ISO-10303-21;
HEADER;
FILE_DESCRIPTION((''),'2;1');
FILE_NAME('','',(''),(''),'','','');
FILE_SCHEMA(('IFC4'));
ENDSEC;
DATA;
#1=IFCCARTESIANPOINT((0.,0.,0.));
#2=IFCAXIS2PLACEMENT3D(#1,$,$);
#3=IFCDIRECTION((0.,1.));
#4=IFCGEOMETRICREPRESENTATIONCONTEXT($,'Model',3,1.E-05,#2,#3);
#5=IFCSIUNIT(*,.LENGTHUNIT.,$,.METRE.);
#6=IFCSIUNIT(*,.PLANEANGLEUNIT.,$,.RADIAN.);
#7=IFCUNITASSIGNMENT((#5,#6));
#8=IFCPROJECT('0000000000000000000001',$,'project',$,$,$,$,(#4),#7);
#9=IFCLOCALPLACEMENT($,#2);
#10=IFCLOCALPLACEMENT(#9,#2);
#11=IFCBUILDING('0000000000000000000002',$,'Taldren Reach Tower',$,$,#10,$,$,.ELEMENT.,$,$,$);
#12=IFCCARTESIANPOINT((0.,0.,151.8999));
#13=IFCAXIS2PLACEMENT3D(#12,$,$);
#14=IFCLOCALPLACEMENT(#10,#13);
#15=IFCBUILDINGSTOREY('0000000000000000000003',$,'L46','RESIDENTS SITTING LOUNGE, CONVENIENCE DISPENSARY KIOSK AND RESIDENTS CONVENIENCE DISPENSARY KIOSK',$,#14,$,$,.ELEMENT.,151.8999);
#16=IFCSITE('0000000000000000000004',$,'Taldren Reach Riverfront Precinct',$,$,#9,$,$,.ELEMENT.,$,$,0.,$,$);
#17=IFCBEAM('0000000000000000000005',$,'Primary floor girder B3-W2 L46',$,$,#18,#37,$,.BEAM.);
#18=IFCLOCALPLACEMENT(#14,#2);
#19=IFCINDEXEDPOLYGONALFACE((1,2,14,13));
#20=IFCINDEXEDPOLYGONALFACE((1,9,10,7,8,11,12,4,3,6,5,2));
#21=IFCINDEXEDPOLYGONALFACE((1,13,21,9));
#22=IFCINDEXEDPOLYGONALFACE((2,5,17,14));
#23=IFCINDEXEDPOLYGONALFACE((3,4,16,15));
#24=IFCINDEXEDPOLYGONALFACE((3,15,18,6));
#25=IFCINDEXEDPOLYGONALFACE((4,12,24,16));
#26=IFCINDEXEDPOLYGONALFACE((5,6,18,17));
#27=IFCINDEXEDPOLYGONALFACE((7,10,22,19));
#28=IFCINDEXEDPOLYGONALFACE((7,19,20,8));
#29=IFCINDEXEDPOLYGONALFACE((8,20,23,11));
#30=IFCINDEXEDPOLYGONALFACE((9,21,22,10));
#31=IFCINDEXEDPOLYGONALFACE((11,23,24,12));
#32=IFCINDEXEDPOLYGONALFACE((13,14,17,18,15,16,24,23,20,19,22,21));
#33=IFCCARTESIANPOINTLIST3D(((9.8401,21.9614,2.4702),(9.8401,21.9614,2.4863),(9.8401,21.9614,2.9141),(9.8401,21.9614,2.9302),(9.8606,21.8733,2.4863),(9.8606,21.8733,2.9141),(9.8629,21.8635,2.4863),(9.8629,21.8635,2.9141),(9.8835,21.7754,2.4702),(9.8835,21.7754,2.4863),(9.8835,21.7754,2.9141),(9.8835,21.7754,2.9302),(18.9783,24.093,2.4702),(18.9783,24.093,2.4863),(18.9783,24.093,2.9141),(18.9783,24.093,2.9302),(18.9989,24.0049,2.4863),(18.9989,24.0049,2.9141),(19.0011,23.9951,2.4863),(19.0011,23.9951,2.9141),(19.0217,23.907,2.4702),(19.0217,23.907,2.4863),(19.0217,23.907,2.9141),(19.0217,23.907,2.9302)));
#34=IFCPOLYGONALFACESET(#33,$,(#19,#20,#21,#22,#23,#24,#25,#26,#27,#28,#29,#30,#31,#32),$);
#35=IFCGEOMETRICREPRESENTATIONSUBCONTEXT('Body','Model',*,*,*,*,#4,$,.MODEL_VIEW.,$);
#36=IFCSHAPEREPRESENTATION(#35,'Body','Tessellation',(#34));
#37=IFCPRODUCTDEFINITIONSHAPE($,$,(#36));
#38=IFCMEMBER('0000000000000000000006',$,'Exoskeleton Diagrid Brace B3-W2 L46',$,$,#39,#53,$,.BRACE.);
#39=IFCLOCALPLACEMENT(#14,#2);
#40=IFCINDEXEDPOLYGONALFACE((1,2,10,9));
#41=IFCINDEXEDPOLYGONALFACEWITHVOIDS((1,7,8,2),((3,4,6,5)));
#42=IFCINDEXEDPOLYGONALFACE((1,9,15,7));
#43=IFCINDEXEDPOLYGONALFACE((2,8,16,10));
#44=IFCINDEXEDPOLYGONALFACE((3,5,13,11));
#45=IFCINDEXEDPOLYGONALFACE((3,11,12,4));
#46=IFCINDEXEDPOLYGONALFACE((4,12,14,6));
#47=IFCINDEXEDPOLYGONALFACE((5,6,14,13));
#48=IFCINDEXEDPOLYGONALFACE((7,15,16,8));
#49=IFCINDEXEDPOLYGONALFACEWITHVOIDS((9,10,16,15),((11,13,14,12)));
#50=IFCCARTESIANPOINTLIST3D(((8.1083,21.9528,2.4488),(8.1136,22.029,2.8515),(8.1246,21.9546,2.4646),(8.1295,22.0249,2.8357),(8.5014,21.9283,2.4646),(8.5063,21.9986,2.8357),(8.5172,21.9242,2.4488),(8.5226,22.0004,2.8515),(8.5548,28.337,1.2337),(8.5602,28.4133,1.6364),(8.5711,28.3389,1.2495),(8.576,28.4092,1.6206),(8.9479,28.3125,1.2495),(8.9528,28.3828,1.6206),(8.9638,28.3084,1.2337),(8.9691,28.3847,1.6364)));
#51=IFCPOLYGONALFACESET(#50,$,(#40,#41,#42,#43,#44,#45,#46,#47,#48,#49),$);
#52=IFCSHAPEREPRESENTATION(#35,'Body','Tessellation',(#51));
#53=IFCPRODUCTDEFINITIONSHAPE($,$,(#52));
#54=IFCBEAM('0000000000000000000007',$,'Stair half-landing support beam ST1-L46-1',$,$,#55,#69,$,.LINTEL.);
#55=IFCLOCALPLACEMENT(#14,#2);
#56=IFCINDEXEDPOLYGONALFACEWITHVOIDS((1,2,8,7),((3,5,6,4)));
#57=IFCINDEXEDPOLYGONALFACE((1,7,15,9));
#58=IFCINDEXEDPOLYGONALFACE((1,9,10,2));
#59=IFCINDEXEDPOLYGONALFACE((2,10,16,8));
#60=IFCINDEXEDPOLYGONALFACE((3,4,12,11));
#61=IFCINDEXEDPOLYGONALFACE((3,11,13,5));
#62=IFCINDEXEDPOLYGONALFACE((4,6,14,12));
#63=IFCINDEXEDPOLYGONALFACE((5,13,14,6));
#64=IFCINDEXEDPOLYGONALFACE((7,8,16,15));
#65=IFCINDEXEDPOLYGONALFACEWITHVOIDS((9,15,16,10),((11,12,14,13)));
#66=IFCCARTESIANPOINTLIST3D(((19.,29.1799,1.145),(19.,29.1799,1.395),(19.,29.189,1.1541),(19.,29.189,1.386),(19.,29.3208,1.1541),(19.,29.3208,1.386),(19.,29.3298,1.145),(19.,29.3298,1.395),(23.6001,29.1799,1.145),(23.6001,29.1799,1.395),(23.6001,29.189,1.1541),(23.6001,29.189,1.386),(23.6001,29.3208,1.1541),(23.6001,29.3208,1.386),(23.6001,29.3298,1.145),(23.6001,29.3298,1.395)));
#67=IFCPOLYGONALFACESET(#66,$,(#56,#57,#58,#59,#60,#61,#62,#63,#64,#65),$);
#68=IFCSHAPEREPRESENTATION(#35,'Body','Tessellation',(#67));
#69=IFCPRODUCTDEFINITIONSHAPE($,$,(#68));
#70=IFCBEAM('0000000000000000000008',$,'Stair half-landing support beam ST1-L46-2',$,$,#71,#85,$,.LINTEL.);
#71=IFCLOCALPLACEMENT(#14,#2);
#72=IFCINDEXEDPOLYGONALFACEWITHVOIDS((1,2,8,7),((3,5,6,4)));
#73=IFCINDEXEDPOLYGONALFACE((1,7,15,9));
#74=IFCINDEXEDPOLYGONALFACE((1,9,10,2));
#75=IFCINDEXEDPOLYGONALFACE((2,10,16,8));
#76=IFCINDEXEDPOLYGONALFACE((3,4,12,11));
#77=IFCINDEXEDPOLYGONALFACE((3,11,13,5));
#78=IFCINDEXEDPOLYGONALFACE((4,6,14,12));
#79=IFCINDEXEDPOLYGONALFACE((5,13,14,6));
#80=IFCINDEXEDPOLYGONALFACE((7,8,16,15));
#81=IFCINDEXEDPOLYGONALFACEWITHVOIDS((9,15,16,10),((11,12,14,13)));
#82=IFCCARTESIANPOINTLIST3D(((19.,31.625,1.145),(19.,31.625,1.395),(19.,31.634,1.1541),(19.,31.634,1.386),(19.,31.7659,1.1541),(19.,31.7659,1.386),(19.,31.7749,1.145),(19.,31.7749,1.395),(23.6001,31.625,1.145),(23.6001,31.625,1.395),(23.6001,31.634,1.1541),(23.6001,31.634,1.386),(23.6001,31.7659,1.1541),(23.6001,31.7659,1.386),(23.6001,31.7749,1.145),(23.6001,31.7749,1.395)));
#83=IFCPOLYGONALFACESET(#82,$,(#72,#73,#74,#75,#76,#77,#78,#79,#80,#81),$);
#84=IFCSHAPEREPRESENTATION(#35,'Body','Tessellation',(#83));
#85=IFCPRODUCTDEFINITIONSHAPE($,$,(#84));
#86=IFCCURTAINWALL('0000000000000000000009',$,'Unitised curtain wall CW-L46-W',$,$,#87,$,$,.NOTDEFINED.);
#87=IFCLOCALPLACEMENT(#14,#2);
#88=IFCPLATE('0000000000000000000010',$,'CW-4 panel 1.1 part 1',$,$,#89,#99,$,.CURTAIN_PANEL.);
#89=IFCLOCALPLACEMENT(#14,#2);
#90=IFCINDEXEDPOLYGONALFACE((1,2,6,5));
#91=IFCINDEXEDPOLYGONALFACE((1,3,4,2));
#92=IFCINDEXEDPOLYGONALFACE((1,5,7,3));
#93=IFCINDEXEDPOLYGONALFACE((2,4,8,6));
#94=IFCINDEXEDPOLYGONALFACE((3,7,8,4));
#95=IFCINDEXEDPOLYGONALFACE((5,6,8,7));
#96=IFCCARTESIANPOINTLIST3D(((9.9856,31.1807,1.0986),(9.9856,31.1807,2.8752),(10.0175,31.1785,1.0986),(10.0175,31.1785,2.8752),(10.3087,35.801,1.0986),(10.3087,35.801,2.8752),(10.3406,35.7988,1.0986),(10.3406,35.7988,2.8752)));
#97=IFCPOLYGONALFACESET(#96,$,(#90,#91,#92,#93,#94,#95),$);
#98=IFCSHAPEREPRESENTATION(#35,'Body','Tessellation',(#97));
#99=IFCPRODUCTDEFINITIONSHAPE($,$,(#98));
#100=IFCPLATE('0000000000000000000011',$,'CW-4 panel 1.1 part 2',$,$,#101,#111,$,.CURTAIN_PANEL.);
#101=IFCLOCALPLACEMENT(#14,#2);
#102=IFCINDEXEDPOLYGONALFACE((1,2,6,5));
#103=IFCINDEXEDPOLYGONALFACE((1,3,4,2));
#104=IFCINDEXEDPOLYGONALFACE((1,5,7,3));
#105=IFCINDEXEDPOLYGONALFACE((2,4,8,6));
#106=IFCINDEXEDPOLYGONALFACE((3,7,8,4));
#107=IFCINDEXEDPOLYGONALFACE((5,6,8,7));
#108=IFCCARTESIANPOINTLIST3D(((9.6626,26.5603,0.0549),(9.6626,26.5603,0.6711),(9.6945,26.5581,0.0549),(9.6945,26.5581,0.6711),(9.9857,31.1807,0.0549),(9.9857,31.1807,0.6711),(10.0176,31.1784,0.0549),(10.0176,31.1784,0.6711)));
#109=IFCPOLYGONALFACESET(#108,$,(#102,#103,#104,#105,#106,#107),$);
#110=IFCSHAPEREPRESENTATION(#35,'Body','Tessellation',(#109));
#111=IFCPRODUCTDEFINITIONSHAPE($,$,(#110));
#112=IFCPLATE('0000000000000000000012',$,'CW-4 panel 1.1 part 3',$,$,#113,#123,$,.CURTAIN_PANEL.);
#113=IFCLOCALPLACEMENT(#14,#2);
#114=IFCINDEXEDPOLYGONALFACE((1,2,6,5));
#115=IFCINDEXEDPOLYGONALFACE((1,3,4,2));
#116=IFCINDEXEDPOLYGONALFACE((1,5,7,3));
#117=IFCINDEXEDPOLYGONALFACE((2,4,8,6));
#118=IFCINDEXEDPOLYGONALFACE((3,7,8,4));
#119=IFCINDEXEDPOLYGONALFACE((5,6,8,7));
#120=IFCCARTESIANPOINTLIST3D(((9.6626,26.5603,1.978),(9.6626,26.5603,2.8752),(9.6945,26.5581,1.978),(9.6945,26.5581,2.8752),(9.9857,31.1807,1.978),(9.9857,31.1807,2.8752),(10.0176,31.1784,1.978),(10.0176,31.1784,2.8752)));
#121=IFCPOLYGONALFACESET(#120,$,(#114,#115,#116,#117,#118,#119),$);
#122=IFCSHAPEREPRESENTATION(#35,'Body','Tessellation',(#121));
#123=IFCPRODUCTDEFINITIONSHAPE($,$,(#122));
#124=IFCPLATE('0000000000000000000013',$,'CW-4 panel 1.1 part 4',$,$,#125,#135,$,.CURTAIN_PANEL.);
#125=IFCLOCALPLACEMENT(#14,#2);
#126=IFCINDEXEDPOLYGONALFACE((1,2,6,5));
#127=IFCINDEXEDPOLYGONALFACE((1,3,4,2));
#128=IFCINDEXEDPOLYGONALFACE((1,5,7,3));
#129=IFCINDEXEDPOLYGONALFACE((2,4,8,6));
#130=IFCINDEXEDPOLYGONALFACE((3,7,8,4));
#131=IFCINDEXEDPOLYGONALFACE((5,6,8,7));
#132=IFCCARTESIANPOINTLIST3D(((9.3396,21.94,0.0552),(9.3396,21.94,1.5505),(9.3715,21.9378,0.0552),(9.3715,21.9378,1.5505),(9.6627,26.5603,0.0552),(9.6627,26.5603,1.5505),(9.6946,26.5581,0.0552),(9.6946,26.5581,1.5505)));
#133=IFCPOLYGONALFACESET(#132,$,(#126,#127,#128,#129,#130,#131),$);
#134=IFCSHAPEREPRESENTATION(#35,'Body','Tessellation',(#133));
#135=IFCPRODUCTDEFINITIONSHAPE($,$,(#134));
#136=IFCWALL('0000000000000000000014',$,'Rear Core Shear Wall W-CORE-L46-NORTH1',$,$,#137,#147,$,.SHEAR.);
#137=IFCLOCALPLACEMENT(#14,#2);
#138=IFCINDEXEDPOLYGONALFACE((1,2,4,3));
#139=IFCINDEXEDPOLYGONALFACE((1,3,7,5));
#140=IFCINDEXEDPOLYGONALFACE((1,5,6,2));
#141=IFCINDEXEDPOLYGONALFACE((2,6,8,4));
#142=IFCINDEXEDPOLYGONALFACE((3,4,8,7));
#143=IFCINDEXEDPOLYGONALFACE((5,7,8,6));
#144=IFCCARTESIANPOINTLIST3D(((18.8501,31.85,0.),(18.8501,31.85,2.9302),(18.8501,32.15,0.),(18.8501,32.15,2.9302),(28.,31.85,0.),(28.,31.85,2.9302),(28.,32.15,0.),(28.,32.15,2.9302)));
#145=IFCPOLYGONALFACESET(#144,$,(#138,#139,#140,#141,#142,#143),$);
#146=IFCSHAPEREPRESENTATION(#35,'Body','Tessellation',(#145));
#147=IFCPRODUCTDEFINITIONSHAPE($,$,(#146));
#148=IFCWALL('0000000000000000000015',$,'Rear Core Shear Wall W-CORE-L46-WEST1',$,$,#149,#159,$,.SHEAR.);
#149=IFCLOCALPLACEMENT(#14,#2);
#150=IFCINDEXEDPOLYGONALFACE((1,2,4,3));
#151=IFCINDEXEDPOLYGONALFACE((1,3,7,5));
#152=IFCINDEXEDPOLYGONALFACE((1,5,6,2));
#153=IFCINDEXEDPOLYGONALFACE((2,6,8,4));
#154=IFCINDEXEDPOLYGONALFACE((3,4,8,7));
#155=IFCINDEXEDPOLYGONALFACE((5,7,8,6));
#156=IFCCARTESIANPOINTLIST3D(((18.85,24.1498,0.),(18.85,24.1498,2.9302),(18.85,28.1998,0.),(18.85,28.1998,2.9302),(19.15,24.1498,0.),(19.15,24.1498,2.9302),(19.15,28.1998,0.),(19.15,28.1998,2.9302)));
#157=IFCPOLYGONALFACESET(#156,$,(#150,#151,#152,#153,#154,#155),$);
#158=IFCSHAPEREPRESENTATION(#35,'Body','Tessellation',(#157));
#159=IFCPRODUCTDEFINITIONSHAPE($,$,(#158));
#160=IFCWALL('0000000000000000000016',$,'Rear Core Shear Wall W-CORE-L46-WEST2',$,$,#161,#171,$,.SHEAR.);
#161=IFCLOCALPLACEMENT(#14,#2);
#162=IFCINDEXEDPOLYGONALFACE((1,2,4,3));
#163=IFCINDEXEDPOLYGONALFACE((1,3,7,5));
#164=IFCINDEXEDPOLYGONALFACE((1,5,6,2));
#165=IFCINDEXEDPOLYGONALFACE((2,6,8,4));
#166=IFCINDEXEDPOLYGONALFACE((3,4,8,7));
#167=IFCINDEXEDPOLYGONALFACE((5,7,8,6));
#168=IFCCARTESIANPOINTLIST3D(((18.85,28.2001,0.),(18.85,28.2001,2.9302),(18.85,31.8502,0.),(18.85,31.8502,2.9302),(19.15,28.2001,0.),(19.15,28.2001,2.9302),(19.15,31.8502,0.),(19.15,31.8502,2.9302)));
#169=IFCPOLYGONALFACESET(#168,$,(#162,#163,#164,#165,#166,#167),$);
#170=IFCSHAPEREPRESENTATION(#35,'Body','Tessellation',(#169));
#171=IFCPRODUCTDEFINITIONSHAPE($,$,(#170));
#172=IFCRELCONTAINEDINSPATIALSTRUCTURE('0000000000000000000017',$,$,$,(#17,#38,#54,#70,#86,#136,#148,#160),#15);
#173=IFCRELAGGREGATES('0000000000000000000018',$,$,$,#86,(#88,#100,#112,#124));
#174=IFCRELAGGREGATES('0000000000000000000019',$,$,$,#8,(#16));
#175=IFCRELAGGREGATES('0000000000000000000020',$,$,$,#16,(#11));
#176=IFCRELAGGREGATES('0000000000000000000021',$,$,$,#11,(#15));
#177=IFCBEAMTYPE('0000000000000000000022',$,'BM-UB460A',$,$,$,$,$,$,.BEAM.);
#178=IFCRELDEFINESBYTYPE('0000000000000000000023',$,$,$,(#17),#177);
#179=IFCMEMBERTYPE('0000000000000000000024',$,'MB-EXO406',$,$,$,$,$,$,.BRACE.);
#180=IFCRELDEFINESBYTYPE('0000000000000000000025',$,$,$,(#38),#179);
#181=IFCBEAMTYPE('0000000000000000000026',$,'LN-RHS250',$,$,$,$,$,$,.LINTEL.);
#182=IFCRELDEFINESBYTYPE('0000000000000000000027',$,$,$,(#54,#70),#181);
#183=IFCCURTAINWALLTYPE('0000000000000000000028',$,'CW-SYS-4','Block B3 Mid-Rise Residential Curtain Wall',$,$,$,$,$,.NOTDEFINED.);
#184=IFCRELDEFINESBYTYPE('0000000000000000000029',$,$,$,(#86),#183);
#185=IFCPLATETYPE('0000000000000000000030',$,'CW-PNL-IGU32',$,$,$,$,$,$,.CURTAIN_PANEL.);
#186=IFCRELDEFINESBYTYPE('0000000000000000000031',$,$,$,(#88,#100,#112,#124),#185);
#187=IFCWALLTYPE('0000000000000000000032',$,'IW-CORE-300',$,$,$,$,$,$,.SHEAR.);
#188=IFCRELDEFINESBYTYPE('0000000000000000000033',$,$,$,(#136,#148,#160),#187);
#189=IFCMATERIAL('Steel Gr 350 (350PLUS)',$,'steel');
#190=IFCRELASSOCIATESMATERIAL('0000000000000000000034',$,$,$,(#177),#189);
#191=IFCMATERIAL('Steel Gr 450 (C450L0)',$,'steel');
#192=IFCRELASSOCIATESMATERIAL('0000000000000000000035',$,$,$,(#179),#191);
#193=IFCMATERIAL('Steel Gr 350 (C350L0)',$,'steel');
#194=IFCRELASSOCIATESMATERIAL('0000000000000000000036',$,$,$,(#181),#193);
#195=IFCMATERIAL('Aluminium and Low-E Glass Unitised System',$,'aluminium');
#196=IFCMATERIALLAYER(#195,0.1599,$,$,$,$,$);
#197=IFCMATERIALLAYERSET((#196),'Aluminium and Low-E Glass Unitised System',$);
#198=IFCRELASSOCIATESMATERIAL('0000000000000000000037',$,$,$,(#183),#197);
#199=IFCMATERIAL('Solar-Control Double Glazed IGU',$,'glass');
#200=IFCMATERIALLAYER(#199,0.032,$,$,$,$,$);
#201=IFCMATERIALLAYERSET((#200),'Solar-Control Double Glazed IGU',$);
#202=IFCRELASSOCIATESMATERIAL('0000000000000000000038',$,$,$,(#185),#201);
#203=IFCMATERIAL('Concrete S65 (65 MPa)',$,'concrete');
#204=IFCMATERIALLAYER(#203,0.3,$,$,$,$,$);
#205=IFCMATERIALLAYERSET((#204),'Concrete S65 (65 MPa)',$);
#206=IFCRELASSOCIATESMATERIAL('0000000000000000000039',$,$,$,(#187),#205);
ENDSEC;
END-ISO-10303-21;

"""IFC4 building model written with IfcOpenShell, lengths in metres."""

from ifc_helpers import new_model, si_unit, direction, frame, frame_2d, origin, origin_2d, place, context, subcontext, project, spatial, rectangle, hollow_rectangle, i_section, extrude, source, transform, mapped, material, layer, layer_set, material_profile, profile_set, type_object, element, aggregate, save


model = new_model("IFC4")

# Units and contexts
model_context = context("Model", 3, precision=1e-05, world=origin(), true_north=direction((0.0, 1.0)))
body_context = subcontext(model_context, "Body", "Model", "MODEL_VIEW")
ifc_project = project(units=[si_unit("LENGTHUNIT", "METRE"), si_unit("PLANEANGLEUNIT", "RADIAN")], contexts=[model_context])

# Site, building, storey
site_placement = place(None, origin())
site = spatial("IfcSite", under=ifc_project, at=site_placement, Name="Taldren Reach Riverfront Precinct", CompositionType="ELEMENT", RefElevation=0.0)
building_placement = place(site_placement, origin())
building = spatial("IfcBuilding", under=site, at=building_placement, Name="Taldren Reach Tower", CompositionType="ELEMENT")
storey_placement = place(building_placement, frame((0.0, 0.0, 151.8999)))
storey = spatial("IfcBuildingStorey", under=building, at=storey_placement, Name="L46", Description="RESIDENTS SITTING LOUNGE, CONVENIENCE DISPENSARY KIOSK AND RESIDENTS CONVENIENCE DISPENSARY KIOSK", CompositionType="ELEMENT", Elevation=151.8999)

# Shared definitions
ifc_material_1 = material(Name="Steel Gr 450 (C450L0)", Category="steel")
ifc_material_2 = material(Name="Steel Gr 350 (350PLUS)", Category="steel")

# Beam
ifc_material_profile_1 = material_profile(ifc_material_2, i_section(OverallWidth=0.1909, OverallDepth=0.46, WebThickness=0.01, FlangeThickness=0.0161, at=origin_2d()), Name="460UB82.1")
ifc_profile_set_1 = profile_set([ifc_material_profile_1], Name="Steel Gr 350 (350PLUS)")
beam_type_1 = type_object("IfcBeamType", Name="BM-UB460A", PredefinedType="BEAM", material=ifc_profile_set_1)
shared_shape_1 = source(origin(), body_context, "Body", "SweptSolid", [
    extrude(i_section(OverallWidth=0.1909, OverallDepth=0.46, WebThickness=0.01, FlangeThickness=0.0161, at=origin_2d()), origin(), (0.0, 0.0, 1.0), 9.3835),
])
beam_1_placement = place(storey_placement, frame((19.0, 24.0, 2.7002), z_axis=(-0.973857, -0.227164, 0.0), x_axis=(0.227164, -0.973857, 0.0)))
element("IfcBeam", 1, at=beam_1_placement, inside=storey, type_object=beam_type_1, Name="Primary floor girder B3-W2 L46", PredefinedType="BEAM", context=body_context, shape_type="MappedRepresentation", body=[
    mapped(shared_shape_1, transform((0.0, 0.0, 0.0), scale=1.0)),
])

# Member
ifc_material_profile_2 = material_profile(ifc_material_1, hollow_rectangle(XDim=0.4099, YDim=0.4099, WallThickness=0.0161, at=origin_2d()), Name="410x410x16.0SHS")
ifc_profile_set_2 = profile_set([ifc_material_profile_2], Name="Steel Gr 450 (C450L0)")
member_type = type_object("IfcMemberType", Name="MB-EXO406", PredefinedType="BRACE", material=ifc_profile_set_2)
shared_shape_2 = source(origin(), body_context, "Body", "SweptSolid", [
    extrude(hollow_rectangle(XDim=0.4099, YDim=0.4099, WallThickness=0.0161, at=origin_2d()), origin(), (0.0, 0.0, 1.0), 6.5142),
])
member_placement = place(storey_placement, frame((8.762, 28.3608, 1.4351), z_axis=(-0.068548, -0.980055, 0.186529), x_axis=(0.997563, -0.069772, 0.0)))
element("IfcMember", 2, at=member_placement, inside=storey, type_object=member_type, Name="Exoskeleton Diagrid Brace B3-W2 L46", PredefinedType="BRACE", context=body_context, shape_type="MappedRepresentation", body=[
    mapped(shared_shape_2, transform((0.0, 0.0, 0.0), scale=1.0)),
])

# Beams
ifc_material_3 = material(Name="Steel Gr 350 (C350L0)", Category="steel")
ifc_material_profile_3 = material_profile(ifc_material_3, hollow_rectangle(XDim=0.1499, YDim=0.25, WallThickness=0.009, at=origin_2d()), Name="250x150x9.0RHS")
ifc_profile_set_3 = profile_set([ifc_material_profile_3], Name="Steel Gr 350 (C350L0)")
beam_type_2 = type_object("IfcBeamType", Name="LN-RHS250", PredefinedType="LINTEL", material=ifc_profile_set_3)
shared_shape_3 = source(origin(), body_context, "Body", "SweptSolid", [
    extrude(hollow_rectangle(XDim=0.1499, YDim=0.25, WallThickness=0.009, at=origin_2d()), origin(), (0.0, 0.0, 1.0), 4.6001),
])
for number, where, z_axis, x_axis, name in (
    (3, (19.0, 29.2549, 1.27), (1.0, 0.0, 0.0), (0.0, 1.0, 0.0), "Stair half-landing support beam ST1-L46-1"),
    (4, (19.0, 31.7, 1.27), (1.0, 0.0, 0.0), (0.0, 1.0, 0.0), "Stair half-landing support beam ST1-L46-2"),
):
    element("IfcBeam", number, at=place(storey_placement, frame(where, z_axis=z_axis, x_axis=x_axis)), inside=storey, type_object=beam_type_2, Name=name, PredefinedType="LINTEL", context=body_context, shape_type="MappedRepresentation", body=[
        mapped(shared_shape_3, transform((0.0, 0.0, 0.0), scale=1.0)),
    ])

# Curtain wall, plates
ifc_material_4 = material(Name="Aluminium and Low-E Glass Unitised System", Category="aluminium")
ifc_layer_1 = layer(ifc_material_4, 0.1599)
ifc_layer_set_1 = layer_set([ifc_layer_1], Name="Aluminium and Low-E Glass Unitised System")
curtain_wall_type = type_object("IfcCurtainWallType", Name="CW-SYS-4", Description="Block B3 Mid-Rise Residential Curtain Wall", PredefinedType="NOTDEFINED", material=ifc_layer_set_1)
curtain_wall_placement = place(storey_placement, origin())
curtain_wall = element("IfcCurtainWall", 5, at=curtain_wall_placement, inside=storey, type_object=curtain_wall_type, Name="Unitised curtain wall CW-L46-W", PredefinedType="NOTDEFINED")
ifc_material_5 = material(Name="Solar-Control Double Glazed IGU", Category="glass")
ifc_layer_2 = layer(ifc_material_5, 0.032)
ifc_layer_set_2 = layer_set([ifc_layer_2], Name="Solar-Control Double Glazed IGU")
plate_type = type_object("IfcPlateType", Name="CW-PNL-IGU32", PredefinedType="CURTAIN_PANEL", material=ifc_layer_set_2)
shared_shape_4 = source(origin(), body_context, "Body", "SweptSolid", [
    extrude(rectangle(XDim=4.6316, YDim=0.032, at=origin_2d()), origin(), (0.0, 0.0, 1.0), 1.7766),
])
plate_1_placement = place(storey_placement, frame((10.1631, 33.4897, 1.0986), z_axis=(0.0, 0.0, 1.0), x_axis=(-0.069756, -0.997564, 0.0)))
plate_1 = element("IfcPlate", 6, at=plate_1_placement, type_object=plate_type, Name="CW-4 panel 1.1 part 1", PredefinedType="CURTAIN_PANEL", context=body_context, shape_type="MappedRepresentation", body=[
    mapped(shared_shape_4, transform((0.0, 0.0, 0.0), scale=1.0)),
])
shared_shape_5 = source(origin(), body_context, "Body", "SweptSolid", [
    extrude(rectangle(XDim=4.6316, YDim=0.032, at=origin_2d()), origin(), (0.0, 0.0, 1.0), 0.6162),
])
plate_2_placement = place(storey_placement, frame((9.8401, 28.8694, 0.0549), z_axis=(0.0, 0.0, 1.0), x_axis=(-0.069756, -0.997564, 0.0)))
plate_2 = element("IfcPlate", 7, at=plate_2_placement, type_object=plate_type, Name="CW-4 panel 1.1 part 2", PredefinedType="CURTAIN_PANEL", context=body_context, shape_type="MappedRepresentation", body=[
    mapped(shared_shape_5, transform((0.0, 0.0, 0.0), scale=1.0)),
])
shared_shape_6 = source(origin(), body_context, "Body", "SweptSolid", [
    extrude(rectangle(XDim=4.6316, YDim=0.032, at=origin_2d()), origin(), (0.0, 0.0, 1.0), 0.8972),
])
plate_3_placement = place(storey_placement, frame((9.8401, 28.8694, 1.978), z_axis=(0.0, 0.0, 1.0), x_axis=(-0.069756, -0.997564, 0.0)))
plate_3 = element("IfcPlate", 8, at=plate_3_placement, type_object=plate_type, Name="CW-4 panel 1.1 part 3", PredefinedType="CURTAIN_PANEL", context=body_context, shape_type="MappedRepresentation", body=[
    mapped(shared_shape_6, transform((0.0, 0.0, 0.0), scale=1.0)),
])
shared_shape_7 = source(origin(), body_context, "Body", "SweptSolid", [
    extrude(rectangle(XDim=4.6316, YDim=0.032, at=origin_2d()), origin(), (0.0, 0.0, 1.0), 1.4954),
])
plate_4_placement = place(storey_placement, frame((9.5171, 24.249, 0.0552), z_axis=(0.0, 0.0, 1.0), x_axis=(-0.069756, -0.997564, 0.0)))
plate_4 = element("IfcPlate", 9, at=plate_4_placement, type_object=plate_type, Name="CW-4 panel 1.1 part 4", PredefinedType="CURTAIN_PANEL", context=body_context, shape_type="MappedRepresentation", body=[
    mapped(shared_shape_7, transform((0.0, 0.0, 0.0), scale=1.0)),
])
aggregate(curtain_wall, [plate_1, plate_2, plate_3, plate_4])

# Walls
ifc_material_6 = material(Name="Concrete S65 (65 MPa)", Category="concrete")
ifc_layer_3 = layer(ifc_material_6, 0.3)
ifc_layer_set_3 = layer_set([ifc_layer_3], Name="Concrete S65 (65 MPa)")
wall_type = type_object("IfcWallType", Name="IW-CORE-300", PredefinedType="SHEAR", material=ifc_layer_set_3)
shared_shape_8 = source(origin(), body_context, "Body", "SweptSolid", [
    extrude(rectangle(XDim=9.1499, YDim=0.3, at=frame_2d((4.575, 0.0))), origin(), (0.0, 0.0, 1.0), 2.9302),
])
wall_1_placement = place(storey_placement, frame((18.8501, 32.0, 0.0), z_axis=(0.0, 0.0, 1.0), x_axis=(1.0, 0.0, 0.0)))
element("IfcWall", 10, at=wall_1_placement, inside=storey, type_object=wall_type, Name="Rear Core Shear Wall W-CORE-L46-NORTH1", PredefinedType="SHEAR", context=body_context, shape_type="MappedRepresentation", body=[
    mapped(shared_shape_8, transform((0.0, 0.0, 0.0), scale=1.0)),
])
shared_shape_9 = source(origin(), body_context, "Body", "SweptSolid", [
    extrude(rectangle(XDim=4.05, YDim=0.3, at=frame_2d((2.0249, 0.0))), origin(), (0.0, 0.0, 1.0), 2.9302),
])
wall_2_placement = place(storey_placement, frame((19.0, 24.1499, 0.0), z_axis=(0.0, 0.0, 1.0), x_axis=(0.0, 1.0, 0.0)))
element("IfcWall", 11, at=wall_2_placement, inside=storey, type_object=wall_type, Name="Rear Core Shear Wall W-CORE-L46-WEST1", PredefinedType="SHEAR", context=body_context, shape_type="MappedRepresentation", body=[
    mapped(shared_shape_9, transform((0.0, 0.0, 0.0), scale=1.0)),
])
shared_shape_10 = source(origin(), body_context, "Body", "SweptSolid", [
    extrude(rectangle(XDim=3.6501, YDim=0.3, at=frame_2d((1.8252, 0.0))), origin(), (0.0, 0.0, 1.0), 2.9302),
])
wall_3_placement = place(storey_placement, frame((19.0, 28.2, 0.0), z_axis=(0.0, 0.0, 1.0), x_axis=(0.0, 1.0, 0.0)))
element("IfcWall", 12, at=wall_3_placement, inside=storey, type_object=wall_type, Name="Rear Core Shear Wall W-CORE-L46-WEST2", PredefinedType="SHEAR", context=body_context, shape_type="MappedRepresentation", body=[
    mapped(shared_shape_10, transform((0.0, 0.0, 0.0), scale=1.0)),
])

save(model, "model.ifc")
